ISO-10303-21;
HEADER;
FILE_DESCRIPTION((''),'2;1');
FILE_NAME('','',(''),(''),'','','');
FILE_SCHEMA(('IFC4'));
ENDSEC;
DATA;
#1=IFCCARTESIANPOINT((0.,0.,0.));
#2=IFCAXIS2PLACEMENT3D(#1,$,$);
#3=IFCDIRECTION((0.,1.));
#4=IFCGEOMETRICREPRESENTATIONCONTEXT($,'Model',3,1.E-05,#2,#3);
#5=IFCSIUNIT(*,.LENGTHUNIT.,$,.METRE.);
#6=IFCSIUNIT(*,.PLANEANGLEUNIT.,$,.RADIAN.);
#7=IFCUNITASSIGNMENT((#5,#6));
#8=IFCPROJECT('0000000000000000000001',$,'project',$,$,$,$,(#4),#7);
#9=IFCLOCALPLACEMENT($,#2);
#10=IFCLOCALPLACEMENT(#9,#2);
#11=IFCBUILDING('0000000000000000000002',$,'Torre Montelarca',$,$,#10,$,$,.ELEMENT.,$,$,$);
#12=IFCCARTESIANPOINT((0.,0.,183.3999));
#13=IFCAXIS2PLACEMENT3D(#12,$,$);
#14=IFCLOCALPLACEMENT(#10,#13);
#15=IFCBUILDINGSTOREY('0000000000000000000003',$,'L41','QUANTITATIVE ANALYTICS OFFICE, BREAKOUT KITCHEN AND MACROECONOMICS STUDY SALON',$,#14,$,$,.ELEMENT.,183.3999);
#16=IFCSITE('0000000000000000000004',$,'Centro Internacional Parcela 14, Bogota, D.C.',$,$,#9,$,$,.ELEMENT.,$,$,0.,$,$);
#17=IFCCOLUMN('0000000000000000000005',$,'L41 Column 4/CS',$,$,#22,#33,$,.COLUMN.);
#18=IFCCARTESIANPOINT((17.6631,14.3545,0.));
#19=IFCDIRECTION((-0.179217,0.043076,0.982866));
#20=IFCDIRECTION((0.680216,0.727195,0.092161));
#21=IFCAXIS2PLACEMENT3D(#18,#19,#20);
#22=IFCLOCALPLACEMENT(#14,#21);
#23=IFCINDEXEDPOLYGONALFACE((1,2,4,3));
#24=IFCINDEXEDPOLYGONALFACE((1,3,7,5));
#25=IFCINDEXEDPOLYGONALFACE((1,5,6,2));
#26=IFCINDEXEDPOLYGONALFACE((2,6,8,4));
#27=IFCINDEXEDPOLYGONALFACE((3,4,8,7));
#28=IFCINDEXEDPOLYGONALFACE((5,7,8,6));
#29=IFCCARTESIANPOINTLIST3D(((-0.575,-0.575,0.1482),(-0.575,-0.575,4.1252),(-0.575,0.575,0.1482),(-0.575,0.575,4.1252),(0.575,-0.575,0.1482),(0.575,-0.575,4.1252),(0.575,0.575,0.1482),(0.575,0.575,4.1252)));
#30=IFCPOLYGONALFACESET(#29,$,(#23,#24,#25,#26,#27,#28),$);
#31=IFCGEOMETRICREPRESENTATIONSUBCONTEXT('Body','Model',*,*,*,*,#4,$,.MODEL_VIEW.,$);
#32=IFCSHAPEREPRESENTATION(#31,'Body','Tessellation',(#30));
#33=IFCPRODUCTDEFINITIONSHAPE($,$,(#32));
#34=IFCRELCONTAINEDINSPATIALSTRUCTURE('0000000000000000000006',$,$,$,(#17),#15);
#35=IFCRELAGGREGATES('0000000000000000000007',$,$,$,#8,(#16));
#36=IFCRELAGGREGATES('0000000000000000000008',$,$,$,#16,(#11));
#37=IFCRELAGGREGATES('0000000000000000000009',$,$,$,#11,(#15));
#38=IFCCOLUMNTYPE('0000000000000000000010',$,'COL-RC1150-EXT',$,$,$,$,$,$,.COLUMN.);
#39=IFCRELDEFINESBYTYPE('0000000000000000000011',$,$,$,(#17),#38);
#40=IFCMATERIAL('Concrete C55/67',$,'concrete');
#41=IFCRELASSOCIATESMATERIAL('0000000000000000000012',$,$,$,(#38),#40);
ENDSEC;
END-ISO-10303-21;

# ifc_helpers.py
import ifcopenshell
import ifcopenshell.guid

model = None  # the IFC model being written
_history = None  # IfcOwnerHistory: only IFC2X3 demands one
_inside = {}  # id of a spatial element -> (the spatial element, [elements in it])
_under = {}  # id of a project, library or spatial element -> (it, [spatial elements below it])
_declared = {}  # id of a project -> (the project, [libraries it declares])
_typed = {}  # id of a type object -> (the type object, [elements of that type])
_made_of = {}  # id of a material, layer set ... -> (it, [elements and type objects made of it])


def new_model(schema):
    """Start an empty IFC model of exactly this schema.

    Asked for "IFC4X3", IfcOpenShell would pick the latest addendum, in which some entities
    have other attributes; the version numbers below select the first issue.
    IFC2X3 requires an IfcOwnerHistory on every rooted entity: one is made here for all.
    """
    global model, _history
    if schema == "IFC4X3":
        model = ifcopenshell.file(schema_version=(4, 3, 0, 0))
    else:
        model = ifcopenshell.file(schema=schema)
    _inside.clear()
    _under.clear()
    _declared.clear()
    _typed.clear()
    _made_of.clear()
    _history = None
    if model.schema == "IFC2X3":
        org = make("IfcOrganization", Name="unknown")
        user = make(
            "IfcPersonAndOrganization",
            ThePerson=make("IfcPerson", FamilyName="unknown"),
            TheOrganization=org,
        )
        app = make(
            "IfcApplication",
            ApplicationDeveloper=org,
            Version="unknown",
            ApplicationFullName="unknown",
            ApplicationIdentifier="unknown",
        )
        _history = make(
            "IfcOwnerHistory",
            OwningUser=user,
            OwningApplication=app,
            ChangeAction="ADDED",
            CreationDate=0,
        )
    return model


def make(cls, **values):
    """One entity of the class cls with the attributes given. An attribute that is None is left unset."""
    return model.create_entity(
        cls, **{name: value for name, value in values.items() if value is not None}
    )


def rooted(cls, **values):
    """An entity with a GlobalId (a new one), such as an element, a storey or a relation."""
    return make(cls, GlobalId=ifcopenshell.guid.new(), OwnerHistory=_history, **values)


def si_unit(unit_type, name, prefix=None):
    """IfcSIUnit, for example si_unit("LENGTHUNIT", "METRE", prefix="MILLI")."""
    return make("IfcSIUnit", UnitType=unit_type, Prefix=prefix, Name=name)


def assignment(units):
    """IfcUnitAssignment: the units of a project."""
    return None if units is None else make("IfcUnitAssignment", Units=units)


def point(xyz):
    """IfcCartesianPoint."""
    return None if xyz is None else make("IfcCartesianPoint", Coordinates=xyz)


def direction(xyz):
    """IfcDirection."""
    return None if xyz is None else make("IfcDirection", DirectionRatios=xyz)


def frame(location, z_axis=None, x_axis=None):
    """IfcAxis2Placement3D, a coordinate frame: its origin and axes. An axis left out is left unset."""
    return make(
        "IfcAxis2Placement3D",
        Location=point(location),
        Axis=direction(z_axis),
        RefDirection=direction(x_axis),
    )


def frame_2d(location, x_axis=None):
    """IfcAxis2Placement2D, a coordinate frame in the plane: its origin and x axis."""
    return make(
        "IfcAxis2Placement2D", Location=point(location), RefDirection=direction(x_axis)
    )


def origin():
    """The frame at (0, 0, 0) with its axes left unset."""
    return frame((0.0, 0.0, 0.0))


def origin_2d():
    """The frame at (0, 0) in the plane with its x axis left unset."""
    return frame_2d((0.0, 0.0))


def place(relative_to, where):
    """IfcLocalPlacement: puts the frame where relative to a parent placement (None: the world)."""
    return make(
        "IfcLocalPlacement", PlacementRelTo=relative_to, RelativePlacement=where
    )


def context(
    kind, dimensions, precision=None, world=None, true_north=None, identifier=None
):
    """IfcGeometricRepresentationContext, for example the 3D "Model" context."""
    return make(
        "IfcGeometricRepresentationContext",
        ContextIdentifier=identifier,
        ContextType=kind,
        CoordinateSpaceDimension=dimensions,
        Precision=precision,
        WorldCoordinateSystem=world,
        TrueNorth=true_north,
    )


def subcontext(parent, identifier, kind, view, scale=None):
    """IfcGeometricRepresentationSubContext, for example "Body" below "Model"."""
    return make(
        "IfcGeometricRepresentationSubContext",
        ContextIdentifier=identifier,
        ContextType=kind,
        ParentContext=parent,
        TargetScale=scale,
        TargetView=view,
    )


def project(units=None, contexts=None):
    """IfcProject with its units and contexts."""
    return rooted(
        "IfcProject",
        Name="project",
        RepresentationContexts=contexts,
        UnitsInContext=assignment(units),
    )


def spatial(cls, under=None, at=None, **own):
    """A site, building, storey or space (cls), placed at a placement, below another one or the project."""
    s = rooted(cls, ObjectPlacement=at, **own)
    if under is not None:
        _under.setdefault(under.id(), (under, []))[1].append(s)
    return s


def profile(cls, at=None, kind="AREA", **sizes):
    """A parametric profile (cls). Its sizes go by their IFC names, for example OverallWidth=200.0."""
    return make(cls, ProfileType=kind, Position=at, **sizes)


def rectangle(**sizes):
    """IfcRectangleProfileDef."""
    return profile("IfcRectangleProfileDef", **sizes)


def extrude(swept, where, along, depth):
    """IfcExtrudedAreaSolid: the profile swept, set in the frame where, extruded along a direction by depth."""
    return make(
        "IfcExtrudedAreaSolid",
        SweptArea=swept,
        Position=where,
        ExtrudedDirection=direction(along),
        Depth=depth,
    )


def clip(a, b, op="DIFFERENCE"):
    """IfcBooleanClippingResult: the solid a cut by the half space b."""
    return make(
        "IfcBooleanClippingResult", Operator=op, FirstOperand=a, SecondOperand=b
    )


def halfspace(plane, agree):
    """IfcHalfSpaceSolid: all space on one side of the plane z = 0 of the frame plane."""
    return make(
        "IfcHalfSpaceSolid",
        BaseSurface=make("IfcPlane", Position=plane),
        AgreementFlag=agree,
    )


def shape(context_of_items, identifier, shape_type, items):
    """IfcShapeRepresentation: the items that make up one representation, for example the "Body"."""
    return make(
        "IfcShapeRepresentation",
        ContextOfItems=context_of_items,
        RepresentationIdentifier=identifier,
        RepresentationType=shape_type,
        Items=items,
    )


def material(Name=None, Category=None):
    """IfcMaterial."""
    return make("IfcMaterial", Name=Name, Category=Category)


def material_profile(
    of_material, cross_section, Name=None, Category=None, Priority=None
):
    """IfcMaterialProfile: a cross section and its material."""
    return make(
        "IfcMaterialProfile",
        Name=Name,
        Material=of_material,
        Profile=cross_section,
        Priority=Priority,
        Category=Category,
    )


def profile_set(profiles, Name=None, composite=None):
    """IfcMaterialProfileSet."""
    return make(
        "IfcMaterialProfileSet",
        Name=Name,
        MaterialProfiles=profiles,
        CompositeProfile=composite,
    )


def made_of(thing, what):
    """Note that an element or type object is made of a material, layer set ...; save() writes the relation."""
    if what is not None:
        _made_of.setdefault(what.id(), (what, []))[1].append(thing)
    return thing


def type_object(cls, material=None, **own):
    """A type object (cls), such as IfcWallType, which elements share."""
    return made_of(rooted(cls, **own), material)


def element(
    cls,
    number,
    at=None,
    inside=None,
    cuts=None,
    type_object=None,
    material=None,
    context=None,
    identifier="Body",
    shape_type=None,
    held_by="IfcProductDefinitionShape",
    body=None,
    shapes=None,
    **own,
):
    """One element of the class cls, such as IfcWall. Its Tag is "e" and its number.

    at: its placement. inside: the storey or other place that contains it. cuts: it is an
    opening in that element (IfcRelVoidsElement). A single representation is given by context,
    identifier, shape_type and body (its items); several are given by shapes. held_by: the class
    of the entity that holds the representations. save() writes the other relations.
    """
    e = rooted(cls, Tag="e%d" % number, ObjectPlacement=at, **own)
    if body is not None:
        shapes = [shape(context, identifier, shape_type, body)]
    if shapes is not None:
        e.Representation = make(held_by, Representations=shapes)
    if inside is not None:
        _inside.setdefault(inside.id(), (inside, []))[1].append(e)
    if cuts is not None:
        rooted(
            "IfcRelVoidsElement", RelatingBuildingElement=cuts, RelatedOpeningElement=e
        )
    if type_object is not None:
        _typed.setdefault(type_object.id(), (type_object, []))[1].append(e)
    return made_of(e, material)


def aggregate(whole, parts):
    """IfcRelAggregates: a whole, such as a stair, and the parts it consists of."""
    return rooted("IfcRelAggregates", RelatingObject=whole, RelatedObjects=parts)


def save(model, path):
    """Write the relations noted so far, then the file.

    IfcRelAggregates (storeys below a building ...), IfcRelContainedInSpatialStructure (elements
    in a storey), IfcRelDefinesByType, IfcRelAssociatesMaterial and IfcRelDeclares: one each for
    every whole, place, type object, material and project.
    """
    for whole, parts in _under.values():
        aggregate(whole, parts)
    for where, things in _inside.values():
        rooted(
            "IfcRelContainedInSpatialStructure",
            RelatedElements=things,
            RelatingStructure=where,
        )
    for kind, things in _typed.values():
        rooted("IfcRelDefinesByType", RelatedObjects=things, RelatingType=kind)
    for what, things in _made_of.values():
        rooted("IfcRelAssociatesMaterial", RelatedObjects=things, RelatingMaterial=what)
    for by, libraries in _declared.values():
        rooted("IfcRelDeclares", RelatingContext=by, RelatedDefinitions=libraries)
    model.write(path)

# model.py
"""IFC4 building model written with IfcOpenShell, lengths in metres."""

from ifc_helpers import new_model, si_unit, direction, frame, origin, origin_2d, place, context, subcontext, project, spatial, rectangle, extrude, clip, halfspace, material, material_profile, profile_set, type_object, element, save


model = new_model("IFC4")

# Units and contexts
model_context = context("Model", 3, precision=1e-05, world=origin(), true_north=direction((0.0, 1.0)))
body_context = subcontext(model_context, "Body", "Model", "MODEL_VIEW")
ifc_project = project(units=[si_unit("LENGTHUNIT", "METRE"), si_unit("PLANEANGLEUNIT", "RADIAN")], contexts=[model_context])

# Site, building, storey
site_placement = place(None, origin())
site = spatial("IfcSite", under=ifc_project, at=site_placement, Name="Centro Internacional Parcela 14, Bogota, D.C.", CompositionType="ELEMENT", RefElevation=0.0)
building_placement = place(site_placement, origin())
building = spatial("IfcBuilding", under=site, at=building_placement, Name="Torre Montelarca", CompositionType="ELEMENT")
storey_placement = place(building_placement, frame((0.0, 0.0, 183.3999)))
storey = spatial("IfcBuildingStorey", under=building, at=storey_placement, Name="L41", Description="QUANTITATIVE ANALYTICS OFFICE, BREAKOUT KITCHEN AND MACROECONOMICS STUDY SALON", CompositionType="ELEMENT", Elevation=183.3999)

# Column
ifc_material_1 = material(Name="Concrete C55/67", Category="concrete")
ifc_material_profile_1 = material_profile(ifc_material_1, rectangle(XDim=1.1499, YDim=1.1499, at=origin_2d()), Name="RC1150X1150", Category="concrete")
ifc_profile_set_1 = profile_set([ifc_material_profile_1], Name="Concrete C55/67")
column_type_1 = type_object("IfcColumnType", Name="COL-RC1150-EXT", PredefinedType="COLUMN", material=ifc_profile_set_1)
column_1_placement = place(storey_placement, frame((17.6631, 14.3545, 0.0), z_axis=(-0.179217, 0.043076, 0.982866), x_axis=(0.680216, 0.727195, 0.092161)))
element("IfcColumn", 1, at=column_1_placement, inside=storey, type_object=column_type_1, Name="L41 Column 4/CS", PredefinedType="COLUMN", context=body_context, shape_type="Clipping", body=[
    clip(clip(extrude(rectangle(XDim=1.1499, YDim=1.1499, at=origin_2d()), origin(), (0.0, 0.0, 1.0), 4.2734), halfspace(frame((0.0, 0.0, 0.1482), z_axis=(0.0, 0.0, -1.0), x_axis=(1.0, 0.0, 0.0)), False)), halfspace(frame((0.0, 0.0, 4.1252), z_axis=(0.0, 0.0, 1.0), x_axis=(1.0, 0.0, 0.0)), False)),
])

save(model, "model.ifc")
